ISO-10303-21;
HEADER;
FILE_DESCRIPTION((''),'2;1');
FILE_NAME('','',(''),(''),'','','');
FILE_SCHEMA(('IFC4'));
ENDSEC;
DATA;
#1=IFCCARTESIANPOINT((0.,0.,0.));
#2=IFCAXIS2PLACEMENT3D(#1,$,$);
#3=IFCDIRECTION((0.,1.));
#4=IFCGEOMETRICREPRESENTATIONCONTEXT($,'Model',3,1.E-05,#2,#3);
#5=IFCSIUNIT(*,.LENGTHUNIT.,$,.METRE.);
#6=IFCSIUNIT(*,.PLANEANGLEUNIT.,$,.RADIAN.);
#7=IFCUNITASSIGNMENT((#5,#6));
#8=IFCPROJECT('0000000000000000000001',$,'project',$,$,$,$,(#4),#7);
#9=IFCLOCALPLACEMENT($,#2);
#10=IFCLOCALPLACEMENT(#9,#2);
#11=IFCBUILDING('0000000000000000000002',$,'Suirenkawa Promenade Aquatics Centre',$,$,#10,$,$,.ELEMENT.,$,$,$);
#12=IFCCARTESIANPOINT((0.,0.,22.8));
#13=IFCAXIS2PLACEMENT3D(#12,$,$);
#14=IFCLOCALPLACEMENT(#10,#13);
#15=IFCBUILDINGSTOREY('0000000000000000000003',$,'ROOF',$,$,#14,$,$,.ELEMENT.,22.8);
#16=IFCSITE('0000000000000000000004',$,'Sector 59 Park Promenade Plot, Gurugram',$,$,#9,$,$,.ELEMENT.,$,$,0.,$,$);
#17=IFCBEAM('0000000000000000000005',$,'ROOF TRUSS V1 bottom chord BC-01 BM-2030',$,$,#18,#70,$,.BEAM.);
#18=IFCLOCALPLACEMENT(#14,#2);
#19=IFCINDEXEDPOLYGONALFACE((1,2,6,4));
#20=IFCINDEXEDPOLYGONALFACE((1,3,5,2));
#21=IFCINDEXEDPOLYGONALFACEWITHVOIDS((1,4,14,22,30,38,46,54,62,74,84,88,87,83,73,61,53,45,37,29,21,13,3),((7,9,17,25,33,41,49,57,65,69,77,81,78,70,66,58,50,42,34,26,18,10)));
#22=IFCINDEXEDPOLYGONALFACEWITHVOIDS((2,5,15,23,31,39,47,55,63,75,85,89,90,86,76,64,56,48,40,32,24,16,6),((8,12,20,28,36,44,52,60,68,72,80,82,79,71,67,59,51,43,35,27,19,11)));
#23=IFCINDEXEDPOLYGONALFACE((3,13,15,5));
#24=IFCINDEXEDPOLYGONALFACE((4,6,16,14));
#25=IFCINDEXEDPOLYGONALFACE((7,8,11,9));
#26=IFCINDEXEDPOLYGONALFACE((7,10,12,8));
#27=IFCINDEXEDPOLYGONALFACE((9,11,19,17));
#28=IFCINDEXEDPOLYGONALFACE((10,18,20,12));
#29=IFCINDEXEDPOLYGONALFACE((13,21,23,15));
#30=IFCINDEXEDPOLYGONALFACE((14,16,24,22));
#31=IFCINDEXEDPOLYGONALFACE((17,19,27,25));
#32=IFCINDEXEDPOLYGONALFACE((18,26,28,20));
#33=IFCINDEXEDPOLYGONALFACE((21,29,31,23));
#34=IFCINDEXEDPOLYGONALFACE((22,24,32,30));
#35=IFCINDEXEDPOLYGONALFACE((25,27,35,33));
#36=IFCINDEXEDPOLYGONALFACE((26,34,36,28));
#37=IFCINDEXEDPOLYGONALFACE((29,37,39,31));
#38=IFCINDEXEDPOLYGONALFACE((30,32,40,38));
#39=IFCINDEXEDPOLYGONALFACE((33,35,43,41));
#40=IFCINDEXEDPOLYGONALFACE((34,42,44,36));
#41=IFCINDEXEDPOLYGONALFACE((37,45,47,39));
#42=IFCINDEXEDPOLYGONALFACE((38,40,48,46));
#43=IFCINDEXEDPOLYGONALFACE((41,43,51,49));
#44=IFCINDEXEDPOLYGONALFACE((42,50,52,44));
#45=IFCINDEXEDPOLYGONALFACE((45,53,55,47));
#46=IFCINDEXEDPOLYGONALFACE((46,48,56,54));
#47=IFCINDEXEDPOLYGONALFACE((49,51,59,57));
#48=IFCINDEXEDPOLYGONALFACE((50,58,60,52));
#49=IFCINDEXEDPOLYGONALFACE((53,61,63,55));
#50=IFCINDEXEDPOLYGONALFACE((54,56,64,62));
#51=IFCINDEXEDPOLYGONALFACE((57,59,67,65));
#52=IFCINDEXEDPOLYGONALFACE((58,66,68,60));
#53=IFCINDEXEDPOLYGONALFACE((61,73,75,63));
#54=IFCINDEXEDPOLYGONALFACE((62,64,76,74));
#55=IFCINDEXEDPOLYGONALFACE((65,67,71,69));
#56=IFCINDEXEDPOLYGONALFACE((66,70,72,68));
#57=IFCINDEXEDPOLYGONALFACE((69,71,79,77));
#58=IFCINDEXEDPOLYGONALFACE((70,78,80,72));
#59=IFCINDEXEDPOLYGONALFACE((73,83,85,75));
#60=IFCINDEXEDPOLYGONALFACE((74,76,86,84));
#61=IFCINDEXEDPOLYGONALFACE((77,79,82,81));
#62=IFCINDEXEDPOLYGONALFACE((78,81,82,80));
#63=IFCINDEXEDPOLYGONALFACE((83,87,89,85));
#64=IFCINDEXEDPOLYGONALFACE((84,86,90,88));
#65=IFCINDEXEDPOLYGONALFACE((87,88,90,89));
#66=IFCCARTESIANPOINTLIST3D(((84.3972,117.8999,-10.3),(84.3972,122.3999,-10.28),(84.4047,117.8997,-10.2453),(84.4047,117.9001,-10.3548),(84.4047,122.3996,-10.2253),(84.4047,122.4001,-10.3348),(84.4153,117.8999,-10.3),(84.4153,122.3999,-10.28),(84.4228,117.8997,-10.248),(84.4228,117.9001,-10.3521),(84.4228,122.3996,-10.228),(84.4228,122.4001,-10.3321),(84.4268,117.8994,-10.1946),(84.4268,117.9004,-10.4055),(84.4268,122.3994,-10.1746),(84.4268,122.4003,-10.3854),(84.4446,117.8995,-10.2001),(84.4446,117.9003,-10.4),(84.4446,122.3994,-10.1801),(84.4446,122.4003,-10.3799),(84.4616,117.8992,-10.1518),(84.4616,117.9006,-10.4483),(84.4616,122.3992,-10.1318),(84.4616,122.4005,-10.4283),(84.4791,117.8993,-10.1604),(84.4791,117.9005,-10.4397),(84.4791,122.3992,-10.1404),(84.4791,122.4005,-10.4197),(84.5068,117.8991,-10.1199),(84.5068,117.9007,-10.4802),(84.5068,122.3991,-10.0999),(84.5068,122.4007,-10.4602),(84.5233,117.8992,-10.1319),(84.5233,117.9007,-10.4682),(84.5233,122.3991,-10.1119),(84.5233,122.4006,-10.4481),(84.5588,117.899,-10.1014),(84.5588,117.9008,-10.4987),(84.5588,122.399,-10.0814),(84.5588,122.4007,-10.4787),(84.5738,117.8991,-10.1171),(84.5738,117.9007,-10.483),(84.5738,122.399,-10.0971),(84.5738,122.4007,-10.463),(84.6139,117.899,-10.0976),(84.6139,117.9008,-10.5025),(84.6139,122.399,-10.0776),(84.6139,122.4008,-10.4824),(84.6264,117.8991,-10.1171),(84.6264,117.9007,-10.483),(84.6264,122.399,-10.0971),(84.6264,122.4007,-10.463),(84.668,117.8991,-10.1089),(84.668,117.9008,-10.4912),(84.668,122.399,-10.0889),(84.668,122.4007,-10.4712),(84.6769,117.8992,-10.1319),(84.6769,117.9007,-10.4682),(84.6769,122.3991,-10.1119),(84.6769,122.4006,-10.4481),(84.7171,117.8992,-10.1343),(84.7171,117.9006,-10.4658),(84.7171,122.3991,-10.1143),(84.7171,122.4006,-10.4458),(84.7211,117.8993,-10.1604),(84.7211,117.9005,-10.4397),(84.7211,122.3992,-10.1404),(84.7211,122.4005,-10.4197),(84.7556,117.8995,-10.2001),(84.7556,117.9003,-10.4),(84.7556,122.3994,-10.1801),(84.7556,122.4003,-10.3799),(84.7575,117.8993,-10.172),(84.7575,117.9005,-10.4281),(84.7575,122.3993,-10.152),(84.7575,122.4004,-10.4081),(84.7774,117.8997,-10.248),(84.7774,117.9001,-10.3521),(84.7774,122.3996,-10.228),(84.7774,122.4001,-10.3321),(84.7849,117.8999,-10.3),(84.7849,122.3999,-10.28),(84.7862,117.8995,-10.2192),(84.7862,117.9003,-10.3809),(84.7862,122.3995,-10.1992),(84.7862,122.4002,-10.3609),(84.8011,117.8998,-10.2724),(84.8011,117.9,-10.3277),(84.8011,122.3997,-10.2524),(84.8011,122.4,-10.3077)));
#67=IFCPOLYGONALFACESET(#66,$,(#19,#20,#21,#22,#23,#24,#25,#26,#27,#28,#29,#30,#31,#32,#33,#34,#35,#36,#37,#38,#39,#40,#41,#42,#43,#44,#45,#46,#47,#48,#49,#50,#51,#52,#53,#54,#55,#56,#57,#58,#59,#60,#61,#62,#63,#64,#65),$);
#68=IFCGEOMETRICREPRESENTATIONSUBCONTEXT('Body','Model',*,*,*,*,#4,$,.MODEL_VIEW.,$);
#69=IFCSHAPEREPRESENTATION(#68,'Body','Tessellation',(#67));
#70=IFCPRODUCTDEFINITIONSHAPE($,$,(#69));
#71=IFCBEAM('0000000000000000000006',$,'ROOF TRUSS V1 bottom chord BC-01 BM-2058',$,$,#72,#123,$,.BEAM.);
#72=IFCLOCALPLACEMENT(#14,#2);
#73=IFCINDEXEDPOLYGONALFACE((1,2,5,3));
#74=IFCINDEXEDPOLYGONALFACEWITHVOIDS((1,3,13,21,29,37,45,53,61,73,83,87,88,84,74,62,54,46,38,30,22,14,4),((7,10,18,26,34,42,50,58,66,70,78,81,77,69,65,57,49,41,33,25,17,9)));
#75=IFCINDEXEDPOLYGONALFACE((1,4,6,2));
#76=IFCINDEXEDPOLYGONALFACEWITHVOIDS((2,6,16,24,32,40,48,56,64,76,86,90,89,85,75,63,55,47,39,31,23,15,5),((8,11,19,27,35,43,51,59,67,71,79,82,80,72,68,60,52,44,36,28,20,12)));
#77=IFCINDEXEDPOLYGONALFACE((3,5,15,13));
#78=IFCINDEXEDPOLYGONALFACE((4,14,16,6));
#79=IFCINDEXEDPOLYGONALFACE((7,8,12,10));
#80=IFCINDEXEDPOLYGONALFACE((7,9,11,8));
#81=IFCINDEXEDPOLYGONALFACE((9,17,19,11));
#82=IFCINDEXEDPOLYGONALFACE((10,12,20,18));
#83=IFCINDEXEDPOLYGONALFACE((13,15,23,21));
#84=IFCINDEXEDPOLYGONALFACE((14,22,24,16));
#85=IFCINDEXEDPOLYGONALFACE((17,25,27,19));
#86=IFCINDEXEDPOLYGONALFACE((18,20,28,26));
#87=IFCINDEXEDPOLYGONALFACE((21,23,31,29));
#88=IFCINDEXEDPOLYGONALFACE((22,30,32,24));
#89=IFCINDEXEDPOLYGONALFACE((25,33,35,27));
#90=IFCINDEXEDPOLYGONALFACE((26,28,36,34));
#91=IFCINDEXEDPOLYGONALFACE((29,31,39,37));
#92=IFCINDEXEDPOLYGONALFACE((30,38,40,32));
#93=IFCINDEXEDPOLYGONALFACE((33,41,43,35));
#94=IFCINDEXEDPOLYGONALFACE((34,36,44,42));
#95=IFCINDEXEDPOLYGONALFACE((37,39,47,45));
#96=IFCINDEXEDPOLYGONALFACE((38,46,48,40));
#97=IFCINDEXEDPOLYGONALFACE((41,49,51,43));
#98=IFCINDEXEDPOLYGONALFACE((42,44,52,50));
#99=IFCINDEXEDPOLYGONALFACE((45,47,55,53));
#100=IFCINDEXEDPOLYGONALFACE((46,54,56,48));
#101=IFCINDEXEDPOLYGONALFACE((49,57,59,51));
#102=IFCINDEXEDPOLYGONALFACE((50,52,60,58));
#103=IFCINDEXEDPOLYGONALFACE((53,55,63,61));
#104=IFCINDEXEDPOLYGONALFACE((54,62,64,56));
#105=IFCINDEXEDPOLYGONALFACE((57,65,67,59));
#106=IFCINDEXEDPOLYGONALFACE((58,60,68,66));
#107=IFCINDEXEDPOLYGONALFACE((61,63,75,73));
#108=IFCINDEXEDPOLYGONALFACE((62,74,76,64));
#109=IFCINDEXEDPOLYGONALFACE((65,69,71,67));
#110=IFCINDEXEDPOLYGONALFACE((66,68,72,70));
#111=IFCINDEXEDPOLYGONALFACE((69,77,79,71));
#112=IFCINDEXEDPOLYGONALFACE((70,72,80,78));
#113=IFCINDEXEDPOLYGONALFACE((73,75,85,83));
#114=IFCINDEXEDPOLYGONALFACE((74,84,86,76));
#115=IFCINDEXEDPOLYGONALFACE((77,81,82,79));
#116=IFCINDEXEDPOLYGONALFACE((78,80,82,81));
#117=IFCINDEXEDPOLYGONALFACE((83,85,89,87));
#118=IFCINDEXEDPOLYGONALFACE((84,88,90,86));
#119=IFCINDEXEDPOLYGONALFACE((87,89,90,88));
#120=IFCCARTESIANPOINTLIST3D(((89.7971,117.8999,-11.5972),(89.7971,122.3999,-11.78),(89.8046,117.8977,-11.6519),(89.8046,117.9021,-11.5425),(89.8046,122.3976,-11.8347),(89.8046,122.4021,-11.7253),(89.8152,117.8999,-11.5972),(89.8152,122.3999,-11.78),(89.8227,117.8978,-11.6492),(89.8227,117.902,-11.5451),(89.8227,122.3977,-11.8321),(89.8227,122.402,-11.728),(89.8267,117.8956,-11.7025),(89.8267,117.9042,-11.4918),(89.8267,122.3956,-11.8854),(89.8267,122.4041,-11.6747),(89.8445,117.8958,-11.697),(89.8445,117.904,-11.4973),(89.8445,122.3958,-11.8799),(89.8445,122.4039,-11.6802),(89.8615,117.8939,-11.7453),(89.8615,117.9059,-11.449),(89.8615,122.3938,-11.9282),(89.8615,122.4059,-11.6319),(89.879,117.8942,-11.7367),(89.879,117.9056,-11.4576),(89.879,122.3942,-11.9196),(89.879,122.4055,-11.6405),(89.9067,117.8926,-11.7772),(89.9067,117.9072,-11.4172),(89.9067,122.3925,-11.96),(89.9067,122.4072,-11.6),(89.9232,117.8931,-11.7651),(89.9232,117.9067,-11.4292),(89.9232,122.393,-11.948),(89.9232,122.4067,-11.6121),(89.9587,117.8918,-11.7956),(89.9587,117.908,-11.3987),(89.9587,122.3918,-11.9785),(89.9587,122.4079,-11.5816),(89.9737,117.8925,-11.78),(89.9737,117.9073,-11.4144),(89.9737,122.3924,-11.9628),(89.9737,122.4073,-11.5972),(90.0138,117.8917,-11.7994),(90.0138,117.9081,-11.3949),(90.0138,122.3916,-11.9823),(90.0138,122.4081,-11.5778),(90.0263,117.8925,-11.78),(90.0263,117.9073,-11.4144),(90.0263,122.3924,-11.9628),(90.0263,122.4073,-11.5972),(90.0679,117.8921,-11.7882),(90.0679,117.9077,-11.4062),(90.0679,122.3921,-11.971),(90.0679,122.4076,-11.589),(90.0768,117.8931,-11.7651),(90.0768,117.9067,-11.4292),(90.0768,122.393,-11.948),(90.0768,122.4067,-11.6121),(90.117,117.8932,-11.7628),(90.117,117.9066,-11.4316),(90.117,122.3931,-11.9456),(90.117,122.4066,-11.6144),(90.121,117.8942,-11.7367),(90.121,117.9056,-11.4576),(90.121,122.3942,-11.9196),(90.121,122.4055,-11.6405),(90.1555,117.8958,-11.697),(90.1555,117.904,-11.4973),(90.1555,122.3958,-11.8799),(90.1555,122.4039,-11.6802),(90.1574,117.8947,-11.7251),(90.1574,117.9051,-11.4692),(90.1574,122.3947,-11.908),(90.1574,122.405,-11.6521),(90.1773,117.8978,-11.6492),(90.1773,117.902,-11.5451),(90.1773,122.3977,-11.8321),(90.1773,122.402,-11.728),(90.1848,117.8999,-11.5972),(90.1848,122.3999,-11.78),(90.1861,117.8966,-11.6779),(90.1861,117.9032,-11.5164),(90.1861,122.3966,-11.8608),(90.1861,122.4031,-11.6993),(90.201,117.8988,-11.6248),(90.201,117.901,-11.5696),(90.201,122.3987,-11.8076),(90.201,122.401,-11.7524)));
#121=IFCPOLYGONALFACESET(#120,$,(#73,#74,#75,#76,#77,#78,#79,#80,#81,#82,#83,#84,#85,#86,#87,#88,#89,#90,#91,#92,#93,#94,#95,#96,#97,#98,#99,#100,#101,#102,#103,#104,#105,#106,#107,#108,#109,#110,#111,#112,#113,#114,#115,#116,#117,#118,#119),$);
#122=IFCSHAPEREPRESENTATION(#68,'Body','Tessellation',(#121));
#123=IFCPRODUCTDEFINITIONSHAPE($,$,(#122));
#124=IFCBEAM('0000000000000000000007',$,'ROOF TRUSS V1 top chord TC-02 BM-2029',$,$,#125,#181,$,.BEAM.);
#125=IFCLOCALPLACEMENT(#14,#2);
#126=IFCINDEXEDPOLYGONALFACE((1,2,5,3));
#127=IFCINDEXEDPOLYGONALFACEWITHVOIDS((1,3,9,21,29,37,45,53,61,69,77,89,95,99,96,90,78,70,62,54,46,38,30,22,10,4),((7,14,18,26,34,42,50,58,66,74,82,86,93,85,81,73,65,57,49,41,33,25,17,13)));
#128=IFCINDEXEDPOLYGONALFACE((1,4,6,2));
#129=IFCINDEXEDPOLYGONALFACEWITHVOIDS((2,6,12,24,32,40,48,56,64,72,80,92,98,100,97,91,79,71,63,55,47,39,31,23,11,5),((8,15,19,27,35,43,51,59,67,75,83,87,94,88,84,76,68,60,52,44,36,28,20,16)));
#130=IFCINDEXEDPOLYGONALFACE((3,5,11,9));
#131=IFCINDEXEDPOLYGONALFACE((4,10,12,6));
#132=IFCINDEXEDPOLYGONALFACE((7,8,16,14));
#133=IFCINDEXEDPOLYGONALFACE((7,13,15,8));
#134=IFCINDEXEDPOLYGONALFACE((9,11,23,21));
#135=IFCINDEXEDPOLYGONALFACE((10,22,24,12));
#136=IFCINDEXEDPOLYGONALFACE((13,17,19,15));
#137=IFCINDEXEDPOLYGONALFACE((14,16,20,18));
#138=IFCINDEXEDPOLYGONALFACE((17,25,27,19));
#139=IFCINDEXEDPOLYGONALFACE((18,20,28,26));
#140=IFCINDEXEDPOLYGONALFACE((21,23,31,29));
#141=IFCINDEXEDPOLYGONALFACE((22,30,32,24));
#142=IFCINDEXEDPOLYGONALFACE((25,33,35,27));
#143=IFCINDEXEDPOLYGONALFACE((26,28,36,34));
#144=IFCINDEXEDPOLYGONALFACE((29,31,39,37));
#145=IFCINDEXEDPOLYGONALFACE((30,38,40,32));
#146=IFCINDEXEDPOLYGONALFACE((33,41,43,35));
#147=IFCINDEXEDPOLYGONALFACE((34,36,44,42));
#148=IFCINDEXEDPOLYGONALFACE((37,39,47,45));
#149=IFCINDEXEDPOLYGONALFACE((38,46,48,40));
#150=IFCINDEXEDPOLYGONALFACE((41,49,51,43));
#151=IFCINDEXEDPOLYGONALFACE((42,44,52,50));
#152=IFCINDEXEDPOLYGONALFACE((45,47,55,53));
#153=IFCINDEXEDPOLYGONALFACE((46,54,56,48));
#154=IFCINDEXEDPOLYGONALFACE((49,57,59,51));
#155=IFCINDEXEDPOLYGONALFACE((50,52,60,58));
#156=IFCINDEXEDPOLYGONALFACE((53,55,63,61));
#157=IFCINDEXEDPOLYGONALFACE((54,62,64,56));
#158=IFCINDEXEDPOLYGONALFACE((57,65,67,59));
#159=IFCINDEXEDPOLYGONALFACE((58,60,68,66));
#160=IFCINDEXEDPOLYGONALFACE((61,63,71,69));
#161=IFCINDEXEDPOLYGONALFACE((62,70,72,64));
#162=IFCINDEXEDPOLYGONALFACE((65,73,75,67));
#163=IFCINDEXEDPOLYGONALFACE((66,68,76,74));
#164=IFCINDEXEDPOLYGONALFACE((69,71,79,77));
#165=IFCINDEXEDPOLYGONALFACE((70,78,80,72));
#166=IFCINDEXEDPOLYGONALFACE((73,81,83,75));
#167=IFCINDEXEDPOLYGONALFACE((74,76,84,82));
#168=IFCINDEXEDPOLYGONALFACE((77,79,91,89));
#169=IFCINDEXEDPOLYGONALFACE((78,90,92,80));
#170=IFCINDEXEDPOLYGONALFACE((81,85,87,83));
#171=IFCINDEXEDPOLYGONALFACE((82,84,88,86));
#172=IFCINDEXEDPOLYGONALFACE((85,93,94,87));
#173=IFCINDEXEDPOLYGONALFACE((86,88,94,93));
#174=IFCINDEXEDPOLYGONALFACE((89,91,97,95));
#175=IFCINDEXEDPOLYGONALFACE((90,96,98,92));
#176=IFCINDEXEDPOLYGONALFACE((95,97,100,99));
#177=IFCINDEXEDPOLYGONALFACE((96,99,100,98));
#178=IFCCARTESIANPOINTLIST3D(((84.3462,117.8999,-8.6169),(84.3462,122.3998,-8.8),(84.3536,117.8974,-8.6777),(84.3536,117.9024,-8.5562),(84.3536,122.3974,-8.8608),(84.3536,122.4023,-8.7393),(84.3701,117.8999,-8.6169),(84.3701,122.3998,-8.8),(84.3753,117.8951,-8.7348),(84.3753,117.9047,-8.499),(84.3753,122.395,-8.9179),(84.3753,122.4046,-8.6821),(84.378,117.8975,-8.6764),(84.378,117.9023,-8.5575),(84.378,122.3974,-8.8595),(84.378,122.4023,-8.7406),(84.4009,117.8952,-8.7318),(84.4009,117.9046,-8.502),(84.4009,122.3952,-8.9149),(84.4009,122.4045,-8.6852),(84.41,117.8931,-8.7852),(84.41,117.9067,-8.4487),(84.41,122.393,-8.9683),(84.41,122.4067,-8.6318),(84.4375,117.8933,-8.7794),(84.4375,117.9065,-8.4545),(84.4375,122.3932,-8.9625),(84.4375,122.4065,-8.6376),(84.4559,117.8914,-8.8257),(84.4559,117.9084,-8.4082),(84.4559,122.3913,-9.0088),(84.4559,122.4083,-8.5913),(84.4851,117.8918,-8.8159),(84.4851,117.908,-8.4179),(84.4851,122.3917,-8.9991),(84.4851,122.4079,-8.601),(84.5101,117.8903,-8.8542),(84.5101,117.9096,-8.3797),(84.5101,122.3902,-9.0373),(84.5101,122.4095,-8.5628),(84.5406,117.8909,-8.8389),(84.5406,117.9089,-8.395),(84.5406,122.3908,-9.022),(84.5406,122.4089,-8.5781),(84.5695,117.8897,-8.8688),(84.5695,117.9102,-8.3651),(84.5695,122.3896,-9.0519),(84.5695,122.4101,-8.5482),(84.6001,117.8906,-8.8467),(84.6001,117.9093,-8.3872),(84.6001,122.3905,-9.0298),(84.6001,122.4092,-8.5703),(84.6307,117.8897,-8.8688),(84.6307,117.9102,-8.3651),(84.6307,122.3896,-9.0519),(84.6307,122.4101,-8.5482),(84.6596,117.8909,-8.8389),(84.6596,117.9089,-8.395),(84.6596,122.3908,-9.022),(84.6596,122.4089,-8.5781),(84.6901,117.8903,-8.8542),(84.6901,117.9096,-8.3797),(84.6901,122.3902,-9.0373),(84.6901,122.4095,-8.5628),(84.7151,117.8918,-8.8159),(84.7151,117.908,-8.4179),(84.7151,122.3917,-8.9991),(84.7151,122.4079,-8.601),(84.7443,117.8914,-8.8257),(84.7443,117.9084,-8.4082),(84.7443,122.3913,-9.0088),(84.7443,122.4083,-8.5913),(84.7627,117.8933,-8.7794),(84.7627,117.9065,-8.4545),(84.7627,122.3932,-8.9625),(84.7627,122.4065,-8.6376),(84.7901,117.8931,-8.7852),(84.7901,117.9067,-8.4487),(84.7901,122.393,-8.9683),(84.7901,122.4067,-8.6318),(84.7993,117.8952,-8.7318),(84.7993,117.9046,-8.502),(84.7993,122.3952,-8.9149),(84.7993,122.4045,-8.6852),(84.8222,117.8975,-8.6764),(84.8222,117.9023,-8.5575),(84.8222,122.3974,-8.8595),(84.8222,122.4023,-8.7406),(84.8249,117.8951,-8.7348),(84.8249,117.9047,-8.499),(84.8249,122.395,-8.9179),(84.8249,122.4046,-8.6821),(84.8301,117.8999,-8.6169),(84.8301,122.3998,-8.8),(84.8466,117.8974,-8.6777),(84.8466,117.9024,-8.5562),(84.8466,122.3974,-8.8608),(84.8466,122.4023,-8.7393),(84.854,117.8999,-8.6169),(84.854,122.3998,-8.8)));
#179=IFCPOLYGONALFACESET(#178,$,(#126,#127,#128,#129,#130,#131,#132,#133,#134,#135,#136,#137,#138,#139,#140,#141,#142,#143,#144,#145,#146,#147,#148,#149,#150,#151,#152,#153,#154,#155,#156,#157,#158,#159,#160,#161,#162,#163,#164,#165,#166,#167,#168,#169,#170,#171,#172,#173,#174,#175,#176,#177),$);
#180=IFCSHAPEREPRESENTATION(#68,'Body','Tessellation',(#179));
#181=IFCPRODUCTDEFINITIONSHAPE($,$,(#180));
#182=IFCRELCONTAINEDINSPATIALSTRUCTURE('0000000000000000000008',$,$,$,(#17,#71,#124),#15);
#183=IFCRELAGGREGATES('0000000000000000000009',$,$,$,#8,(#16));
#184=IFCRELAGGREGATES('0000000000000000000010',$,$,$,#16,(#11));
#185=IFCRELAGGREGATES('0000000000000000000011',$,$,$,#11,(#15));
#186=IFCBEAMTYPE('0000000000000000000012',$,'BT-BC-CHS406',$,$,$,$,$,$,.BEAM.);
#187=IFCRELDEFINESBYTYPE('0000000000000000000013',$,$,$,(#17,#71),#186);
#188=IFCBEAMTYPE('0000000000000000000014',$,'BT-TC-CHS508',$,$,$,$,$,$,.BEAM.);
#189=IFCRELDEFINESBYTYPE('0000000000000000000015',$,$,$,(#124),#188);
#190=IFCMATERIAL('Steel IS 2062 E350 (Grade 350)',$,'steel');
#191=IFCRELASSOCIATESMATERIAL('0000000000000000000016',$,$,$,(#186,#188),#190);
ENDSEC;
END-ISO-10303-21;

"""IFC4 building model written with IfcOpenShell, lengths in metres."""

from ifc_helpers import new_model, si_unit, direction, frame, origin, origin_2d, place, context, subcontext, project, spatial, hollow_circle, extrude, material, material_profile, profile_set, type_object, element, save


model = new_model("IFC4")

# Units and contexts
model_context = context("Model", 3, precision=1e-05, world=origin(), true_north=direction((0.0, 1.0)))
body_context = subcontext(model_context, "Body", "Model", "MODEL_VIEW")
ifc_project = project(units=[si_unit("LENGTHUNIT", "METRE"), si_unit("PLANEANGLEUNIT", "RADIAN")], contexts=[model_context])

# Site, building, storey
site_placement = place(None, origin())
site = spatial("IfcSite", under=ifc_project, at=site_placement, Name="Sector 59 Park Promenade Plot, Gurugram", CompositionType="ELEMENT", RefElevation=0.0)
building_placement = place(site_placement, origin())
building = spatial("IfcBuilding", under=site, at=building_placement, Name="Suirenkawa Promenade Aquatics Centre", CompositionType="ELEMENT")
storey_placement = place(building_placement, frame((0.0, 0.0, 22.8)))
storey = spatial("IfcBuildingStorey", under=building, at=storey_placement, Name="ROOF", CompositionType="ELEMENT", Elevation=22.8)

# Beams
ifc_material = material(Name="Steel IS 2062 E350 (Grade 350)", Category="steel")
ifc_material_profile_1 = material_profile(ifc_material, hollow_circle(Radius=0.2029, WallThickness=0.0181, at=origin_2d()), Name="CHS 406x18", Category="steel")
ifc_profile_set_1 = profile_set([ifc_material_profile_1], Name="Steel IS 2062 E350 (Grade 350)")
beam_type_1 = type_object("IfcBeamType", Name="BT-BC-CHS406", PredefinedType="BEAM", material=ifc_profile_set_1)
beam_1_placement = place(storey_placement, frame((84.6001, 117.8999, -10.3), z_axis=(0.0, 0.99999, 0.004449), x_axis=(-1.0, 0.0, 0.0)))
element("IfcBeam", 1, at=beam_1_placement, inside=storey, type_object=beam_type_1, Name="ROOF TRUSS V1 bottom chord BC-01 BM-2030", PredefinedType="BEAM", context=body_context, shape_type="SweptSolid", body=[
    extrude(hollow_circle(Radius=0.2029, WallThickness=0.0181, at=origin_2d()), origin(), (0.0, 0.0, 1.0), 4.5),
])
beam_2_placement = place(storey_placement, frame((90.0, 117.8999, -11.5972), z_axis=(0.0, 0.999175, -0.040602), x_axis=(-1.0, 0.0, 0.0)))
element("IfcBeam", 2, at=beam_2_placement, inside=storey, type_object=beam_type_1, Name="ROOF TRUSS V1 bottom chord BC-01 BM-2058", PredefinedType="BEAM", context=body_context, shape_type="SweptSolid", body=[
    extrude(hollow_circle(Radius=0.2029, WallThickness=0.0181, at=origin_2d()), origin(), (0.0, 0.0, 1.0), 4.5037),
])
ifc_material_profile_2 = material_profile(ifc_material, hollow_circle(Radius=0.2539, WallThickness=0.0239, at=origin_2d()), Name="CHS 508x24", Category="steel")
ifc_profile_set_2 = profile_set([ifc_material_profile_2], Name="Steel IS 2062 E350 (Grade 350)")
beam_type_2 = type_object("IfcBeamType", Name="BT-TC-CHS508", PredefinedType="BEAM", material=ifc_profile_set_2)
for number, where, z_axis, x_axis, name in (
    (3, (84.6001, 117.8999, -8.6169), (0.0, 0.999173, -0.040656), (-1.0, 0.0, 0.0), "ROOF TRUSS V1 top chord TC-02 BM-2029"),
):
    element("IfcBeam", number, at=place(storey_placement, frame(where, z_axis=z_axis, x_axis=x_axis)), inside=storey, type_object=beam_type_2, Name=name, PredefinedType="BEAM", context=body_context, shape_type="SweptSolid", body=[
        extrude(hollow_circle(Radius=0.2539, WallThickness=0.0239, at=origin_2d()), origin(), (0.0, 0.0, 1.0), 4.5037),
    ])

save(model, "model.ifc")
